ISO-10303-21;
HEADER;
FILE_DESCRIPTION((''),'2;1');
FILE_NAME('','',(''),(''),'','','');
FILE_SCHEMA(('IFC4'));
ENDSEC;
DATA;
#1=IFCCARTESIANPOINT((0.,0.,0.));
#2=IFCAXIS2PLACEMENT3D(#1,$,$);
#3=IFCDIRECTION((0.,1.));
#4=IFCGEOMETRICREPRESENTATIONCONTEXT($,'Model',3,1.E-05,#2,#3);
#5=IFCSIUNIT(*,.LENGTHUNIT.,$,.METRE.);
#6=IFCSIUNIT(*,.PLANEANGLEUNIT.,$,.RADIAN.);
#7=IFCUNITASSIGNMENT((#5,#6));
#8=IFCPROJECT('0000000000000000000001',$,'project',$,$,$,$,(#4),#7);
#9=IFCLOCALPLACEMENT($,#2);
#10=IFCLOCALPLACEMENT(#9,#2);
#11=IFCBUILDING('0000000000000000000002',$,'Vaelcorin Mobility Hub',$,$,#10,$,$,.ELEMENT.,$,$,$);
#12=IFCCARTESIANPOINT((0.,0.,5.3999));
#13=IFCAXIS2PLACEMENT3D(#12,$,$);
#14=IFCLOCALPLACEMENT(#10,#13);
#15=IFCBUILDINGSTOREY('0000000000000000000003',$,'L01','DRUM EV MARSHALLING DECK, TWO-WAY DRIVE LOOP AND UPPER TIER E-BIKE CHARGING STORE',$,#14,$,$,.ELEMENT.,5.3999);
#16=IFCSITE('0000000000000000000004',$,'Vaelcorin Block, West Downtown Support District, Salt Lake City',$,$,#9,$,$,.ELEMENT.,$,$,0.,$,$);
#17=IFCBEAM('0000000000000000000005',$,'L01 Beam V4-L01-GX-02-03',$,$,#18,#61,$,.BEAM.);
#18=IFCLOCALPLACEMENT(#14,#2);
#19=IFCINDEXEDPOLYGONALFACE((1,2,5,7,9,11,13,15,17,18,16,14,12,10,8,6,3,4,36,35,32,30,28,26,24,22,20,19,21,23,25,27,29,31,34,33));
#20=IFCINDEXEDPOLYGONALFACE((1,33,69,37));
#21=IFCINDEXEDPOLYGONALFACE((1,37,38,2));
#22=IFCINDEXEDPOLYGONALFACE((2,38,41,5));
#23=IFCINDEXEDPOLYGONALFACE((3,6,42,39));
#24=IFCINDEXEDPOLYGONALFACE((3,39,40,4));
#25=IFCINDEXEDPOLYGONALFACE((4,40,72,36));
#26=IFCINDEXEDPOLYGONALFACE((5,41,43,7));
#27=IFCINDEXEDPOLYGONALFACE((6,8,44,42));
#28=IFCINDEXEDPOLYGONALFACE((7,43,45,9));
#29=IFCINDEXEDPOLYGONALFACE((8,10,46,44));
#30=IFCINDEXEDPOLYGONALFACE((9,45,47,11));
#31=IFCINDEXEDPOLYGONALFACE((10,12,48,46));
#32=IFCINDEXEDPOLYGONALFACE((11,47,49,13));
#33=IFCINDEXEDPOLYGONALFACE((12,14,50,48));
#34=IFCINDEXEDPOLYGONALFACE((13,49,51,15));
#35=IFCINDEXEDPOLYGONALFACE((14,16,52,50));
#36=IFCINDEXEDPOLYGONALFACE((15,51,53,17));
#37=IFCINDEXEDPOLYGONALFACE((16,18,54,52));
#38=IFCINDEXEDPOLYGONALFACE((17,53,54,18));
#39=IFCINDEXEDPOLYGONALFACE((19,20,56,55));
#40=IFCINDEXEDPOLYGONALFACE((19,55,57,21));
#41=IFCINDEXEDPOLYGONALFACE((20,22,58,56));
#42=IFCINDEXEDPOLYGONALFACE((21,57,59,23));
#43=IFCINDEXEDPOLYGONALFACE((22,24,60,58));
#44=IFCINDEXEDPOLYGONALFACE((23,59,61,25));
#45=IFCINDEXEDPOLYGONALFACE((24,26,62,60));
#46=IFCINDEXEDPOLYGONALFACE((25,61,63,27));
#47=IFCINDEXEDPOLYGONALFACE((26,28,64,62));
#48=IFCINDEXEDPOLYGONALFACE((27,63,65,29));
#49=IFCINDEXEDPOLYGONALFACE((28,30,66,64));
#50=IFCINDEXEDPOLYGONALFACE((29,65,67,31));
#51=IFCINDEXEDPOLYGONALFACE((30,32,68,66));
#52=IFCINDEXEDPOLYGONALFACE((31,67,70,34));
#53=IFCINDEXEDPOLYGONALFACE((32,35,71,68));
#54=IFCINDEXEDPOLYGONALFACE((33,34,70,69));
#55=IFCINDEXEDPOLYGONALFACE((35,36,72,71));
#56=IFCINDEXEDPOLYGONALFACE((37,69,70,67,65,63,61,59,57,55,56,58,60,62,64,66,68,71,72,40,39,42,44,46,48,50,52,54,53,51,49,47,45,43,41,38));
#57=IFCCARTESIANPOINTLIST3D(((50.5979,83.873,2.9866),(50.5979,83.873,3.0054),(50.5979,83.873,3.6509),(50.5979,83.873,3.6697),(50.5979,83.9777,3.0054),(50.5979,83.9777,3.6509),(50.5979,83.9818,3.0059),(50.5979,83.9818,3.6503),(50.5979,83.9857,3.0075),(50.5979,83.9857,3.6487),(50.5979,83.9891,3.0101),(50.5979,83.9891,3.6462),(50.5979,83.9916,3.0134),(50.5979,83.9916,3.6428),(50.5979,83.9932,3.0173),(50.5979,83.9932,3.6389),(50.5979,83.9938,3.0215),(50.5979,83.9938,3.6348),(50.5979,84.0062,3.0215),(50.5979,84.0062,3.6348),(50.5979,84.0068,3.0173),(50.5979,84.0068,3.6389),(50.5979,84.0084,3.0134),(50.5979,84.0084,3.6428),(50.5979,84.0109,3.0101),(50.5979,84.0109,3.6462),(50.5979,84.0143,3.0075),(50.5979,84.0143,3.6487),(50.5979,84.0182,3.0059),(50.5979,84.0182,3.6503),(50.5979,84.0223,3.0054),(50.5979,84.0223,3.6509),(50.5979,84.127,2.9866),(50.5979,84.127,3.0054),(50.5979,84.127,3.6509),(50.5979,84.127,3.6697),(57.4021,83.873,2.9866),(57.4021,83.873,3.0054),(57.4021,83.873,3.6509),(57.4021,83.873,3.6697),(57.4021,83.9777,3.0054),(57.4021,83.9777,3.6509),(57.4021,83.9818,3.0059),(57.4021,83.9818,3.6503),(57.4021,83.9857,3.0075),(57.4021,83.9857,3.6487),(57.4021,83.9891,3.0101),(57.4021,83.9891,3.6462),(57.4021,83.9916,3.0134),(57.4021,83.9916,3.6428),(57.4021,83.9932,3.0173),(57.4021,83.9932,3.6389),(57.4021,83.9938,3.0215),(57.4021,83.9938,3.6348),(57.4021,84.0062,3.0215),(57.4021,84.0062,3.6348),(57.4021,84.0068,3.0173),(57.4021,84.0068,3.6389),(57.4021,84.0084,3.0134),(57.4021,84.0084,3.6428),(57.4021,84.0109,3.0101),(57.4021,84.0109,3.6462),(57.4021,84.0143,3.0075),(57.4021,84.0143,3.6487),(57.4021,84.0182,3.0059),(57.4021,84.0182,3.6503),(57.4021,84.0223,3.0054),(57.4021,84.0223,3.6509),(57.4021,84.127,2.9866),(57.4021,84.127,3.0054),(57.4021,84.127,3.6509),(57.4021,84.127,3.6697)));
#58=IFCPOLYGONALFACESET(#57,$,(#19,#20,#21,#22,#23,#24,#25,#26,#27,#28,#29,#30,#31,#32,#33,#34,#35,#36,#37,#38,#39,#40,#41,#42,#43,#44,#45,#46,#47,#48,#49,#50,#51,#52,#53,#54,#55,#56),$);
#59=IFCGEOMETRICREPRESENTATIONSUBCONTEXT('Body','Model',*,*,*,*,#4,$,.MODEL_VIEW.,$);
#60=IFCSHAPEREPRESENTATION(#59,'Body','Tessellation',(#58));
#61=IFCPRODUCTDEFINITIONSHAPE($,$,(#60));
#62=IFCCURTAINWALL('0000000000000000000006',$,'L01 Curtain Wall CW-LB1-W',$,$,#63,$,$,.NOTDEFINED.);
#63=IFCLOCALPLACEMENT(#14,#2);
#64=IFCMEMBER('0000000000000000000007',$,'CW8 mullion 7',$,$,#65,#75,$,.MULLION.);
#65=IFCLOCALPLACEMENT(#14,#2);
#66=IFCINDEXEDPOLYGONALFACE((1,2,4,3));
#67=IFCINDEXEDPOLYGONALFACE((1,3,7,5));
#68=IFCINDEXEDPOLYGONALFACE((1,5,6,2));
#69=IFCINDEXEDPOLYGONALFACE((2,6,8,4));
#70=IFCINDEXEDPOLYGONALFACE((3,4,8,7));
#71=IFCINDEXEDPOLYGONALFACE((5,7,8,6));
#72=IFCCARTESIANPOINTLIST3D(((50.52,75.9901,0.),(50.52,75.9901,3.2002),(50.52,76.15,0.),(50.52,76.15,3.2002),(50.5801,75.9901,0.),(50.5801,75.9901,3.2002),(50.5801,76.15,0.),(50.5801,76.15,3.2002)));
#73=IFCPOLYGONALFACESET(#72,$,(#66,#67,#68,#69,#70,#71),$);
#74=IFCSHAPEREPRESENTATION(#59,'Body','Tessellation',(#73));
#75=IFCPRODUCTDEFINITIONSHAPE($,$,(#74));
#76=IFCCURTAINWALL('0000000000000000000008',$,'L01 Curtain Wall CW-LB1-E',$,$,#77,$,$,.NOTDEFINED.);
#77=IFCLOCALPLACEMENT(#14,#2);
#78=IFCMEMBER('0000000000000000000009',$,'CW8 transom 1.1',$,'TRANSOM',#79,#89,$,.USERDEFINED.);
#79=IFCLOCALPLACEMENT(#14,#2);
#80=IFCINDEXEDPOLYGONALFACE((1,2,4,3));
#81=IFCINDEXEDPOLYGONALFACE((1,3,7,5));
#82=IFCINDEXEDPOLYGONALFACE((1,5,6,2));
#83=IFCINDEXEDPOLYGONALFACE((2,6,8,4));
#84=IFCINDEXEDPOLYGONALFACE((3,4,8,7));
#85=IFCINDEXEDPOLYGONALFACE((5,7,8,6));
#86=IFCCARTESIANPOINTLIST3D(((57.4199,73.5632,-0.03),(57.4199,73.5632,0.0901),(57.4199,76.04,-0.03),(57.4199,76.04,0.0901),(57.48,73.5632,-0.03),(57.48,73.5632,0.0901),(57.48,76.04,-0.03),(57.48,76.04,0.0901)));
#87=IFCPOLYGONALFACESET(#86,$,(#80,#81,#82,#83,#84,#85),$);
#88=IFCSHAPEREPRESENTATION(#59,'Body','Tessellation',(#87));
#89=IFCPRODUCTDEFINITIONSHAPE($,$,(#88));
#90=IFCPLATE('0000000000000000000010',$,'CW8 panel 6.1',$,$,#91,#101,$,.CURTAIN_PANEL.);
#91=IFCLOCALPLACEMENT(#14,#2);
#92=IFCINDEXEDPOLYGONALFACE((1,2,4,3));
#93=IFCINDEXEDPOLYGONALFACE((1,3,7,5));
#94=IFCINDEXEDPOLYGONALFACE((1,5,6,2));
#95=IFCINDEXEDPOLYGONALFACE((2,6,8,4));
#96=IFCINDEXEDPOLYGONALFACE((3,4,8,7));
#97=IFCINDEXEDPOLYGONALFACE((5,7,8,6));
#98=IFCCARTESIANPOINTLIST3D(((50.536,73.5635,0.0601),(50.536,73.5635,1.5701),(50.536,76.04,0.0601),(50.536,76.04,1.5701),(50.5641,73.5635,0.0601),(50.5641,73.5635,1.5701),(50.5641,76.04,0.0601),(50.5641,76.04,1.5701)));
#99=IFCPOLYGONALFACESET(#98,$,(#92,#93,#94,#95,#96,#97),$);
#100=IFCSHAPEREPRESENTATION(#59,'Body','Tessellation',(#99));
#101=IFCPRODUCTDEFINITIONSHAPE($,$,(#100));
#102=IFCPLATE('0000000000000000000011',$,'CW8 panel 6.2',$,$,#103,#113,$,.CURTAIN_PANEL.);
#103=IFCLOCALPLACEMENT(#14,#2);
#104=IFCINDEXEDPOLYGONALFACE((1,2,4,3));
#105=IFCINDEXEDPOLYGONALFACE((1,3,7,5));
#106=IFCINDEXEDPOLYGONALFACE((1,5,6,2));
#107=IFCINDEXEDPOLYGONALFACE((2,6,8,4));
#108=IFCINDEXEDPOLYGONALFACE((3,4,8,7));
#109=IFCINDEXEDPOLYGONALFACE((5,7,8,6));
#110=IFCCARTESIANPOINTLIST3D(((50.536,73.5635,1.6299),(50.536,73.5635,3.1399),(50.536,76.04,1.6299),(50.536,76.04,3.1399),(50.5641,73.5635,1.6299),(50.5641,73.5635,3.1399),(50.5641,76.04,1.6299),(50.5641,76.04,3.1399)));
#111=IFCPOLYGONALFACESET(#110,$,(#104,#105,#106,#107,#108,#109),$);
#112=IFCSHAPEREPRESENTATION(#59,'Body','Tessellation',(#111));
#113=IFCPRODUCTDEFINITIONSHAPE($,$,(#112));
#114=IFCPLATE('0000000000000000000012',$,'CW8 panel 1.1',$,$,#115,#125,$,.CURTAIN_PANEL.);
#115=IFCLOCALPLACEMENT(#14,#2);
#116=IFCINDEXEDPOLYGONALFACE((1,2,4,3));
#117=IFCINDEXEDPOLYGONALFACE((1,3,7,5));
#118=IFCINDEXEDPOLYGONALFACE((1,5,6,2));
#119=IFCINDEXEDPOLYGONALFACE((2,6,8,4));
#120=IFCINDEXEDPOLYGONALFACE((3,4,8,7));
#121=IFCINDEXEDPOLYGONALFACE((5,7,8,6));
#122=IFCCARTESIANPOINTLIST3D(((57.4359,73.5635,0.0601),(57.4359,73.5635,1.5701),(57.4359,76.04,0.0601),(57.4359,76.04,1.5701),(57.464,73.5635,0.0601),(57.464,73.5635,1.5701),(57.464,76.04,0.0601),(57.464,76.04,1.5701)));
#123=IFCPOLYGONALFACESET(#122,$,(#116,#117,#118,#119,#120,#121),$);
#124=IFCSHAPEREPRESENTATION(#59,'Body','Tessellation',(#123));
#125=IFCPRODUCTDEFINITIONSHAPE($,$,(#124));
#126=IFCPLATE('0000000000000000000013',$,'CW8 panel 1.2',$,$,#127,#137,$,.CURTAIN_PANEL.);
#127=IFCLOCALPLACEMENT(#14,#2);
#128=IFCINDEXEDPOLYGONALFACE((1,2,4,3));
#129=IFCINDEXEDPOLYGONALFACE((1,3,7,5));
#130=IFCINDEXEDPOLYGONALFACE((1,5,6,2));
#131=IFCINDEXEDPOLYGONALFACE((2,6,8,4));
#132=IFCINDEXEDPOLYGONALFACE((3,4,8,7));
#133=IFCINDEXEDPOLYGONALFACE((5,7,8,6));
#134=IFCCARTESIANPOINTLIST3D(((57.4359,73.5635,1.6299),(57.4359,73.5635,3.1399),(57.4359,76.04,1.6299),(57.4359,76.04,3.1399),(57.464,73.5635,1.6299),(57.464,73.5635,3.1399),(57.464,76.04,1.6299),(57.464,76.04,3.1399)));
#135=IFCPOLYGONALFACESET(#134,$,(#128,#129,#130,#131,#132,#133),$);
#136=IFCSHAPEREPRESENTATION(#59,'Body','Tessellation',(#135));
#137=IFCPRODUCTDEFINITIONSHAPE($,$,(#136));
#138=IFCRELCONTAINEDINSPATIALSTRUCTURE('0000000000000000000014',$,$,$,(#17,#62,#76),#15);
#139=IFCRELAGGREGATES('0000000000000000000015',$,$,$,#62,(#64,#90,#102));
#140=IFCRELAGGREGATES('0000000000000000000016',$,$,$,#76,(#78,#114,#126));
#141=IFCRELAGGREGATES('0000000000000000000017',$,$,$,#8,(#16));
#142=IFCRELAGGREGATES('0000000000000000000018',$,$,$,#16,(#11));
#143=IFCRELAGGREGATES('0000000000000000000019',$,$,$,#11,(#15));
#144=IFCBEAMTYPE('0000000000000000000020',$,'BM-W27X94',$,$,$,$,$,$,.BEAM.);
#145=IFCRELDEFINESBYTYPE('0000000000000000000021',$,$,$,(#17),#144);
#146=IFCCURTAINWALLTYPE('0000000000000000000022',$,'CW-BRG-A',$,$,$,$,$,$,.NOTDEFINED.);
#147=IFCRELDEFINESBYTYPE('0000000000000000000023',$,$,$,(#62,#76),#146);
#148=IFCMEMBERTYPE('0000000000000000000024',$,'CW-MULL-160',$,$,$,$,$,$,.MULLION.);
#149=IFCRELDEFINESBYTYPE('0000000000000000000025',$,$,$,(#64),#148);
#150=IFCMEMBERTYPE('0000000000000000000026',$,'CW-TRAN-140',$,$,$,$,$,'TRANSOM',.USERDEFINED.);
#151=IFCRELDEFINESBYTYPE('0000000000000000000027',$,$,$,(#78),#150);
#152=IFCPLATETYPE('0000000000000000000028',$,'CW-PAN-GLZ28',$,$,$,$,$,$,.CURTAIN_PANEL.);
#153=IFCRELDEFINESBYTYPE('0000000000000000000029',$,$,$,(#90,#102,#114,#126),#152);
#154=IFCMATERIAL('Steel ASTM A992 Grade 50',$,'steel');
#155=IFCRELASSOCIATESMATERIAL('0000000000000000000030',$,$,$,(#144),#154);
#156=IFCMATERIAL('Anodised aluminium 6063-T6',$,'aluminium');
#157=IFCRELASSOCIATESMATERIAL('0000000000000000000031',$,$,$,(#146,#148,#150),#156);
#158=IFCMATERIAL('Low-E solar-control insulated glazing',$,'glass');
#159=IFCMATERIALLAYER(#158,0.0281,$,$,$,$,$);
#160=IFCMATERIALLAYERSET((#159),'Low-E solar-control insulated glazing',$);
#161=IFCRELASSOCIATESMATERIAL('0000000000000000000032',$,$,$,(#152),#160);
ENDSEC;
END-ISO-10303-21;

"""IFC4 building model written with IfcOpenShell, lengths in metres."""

from ifc_helpers import new_model, si_unit, direction, frame, origin, origin_2d, place, context, subcontext, project, spatial, rectangle, i_section, extrude, material, layer, layer_set, material_profile, profile_set, type_object, element, aggregate, save


model = new_model("IFC4")

# Units and contexts
model_context = context("Model", 3, precision=1e-05, world=origin(), true_north=direction((0.0, 1.0)))
body_context = subcontext(model_context, "Body", "Model", "MODEL_VIEW")
ifc_project = project(units=[si_unit("LENGTHUNIT", "METRE"), si_unit("PLANEANGLEUNIT", "RADIAN")], contexts=[model_context])

# Site, building, storey
site_placement = place(None, origin())
site = spatial("IfcSite", under=ifc_project, at=site_placement, Name="Vaelcorin Block, West Downtown Support District, Salt Lake City", CompositionType="ELEMENT", RefElevation=0.0)
building_placement = place(site_placement, origin())
building = spatial("IfcBuilding", under=site, at=building_placement, Name="Vaelcorin Mobility Hub", CompositionType="ELEMENT")
storey_placement = place(building_placement, frame((0.0, 0.0, 5.3999)))
storey = spatial("IfcBuildingStorey", under=building, at=storey_placement, Name="L01", Description="DRUM EV MARSHALLING DECK, TWO-WAY DRIVE LOOP AND UPPER TIER E-BIKE CHARGING STORE", CompositionType="ELEMENT", Elevation=5.3999)

# Shared definitions
ifc_material_1 = material(Name="Steel ASTM A992 Grade 50", Category="steel")

# Beam
ifc_material_profile_1 = material_profile(ifc_material_1, i_section(OverallWidth=0.2539, OverallDepth=0.6831, WebThickness=0.0125, FlangeThickness=0.0188, FilletRadius=0.0161, at=origin_2d()), Name="W27X94")
ifc_profile_set_1 = profile_set([ifc_material_profile_1], Name="Steel ASTM A992 Grade 50")
beam_type_1 = type_object("IfcBeamType", Name="BM-W27X94", PredefinedType="BEAM", material=ifc_profile_set_1)
beam_1_placement = place(storey_placement, frame((50.5979, 84.0, 3.3281), z_axis=(1.0, 0.0, 0.0), x_axis=(0.0, 1.0, 0.0)))
element("IfcBeam", 1, at=beam_1_placement, inside=storey, type_object=beam_type_1, Name="L01 Beam V4-L01-GX-02-03", PredefinedType="BEAM", context=body_context, shape_type="SweptSolid", body=[
    extrude(i_section(OverallWidth=0.2539, OverallDepth=0.6831, WebThickness=0.0125, FlangeThickness=0.0188, FilletRadius=0.0161, at=origin_2d()), origin(), (0.0, 0.0, 1.0), 6.8042),
])

# Curtain walls, members
ifc_material_2 = material(Name="Anodised aluminium 6063-T6", Category="aluminium")
curtain_wall_type = type_object("IfcCurtainWallType", Name="CW-BRG-A", PredefinedType="NOTDEFINED", material=ifc_material_2)
curtain_wall_1_placement = place(storey_placement, origin())
curtain_wall_1 = element("IfcCurtainWall", 2, at=curtain_wall_1_placement, inside=storey, type_object=curtain_wall_type, Name="L01 Curtain Wall CW-LB1-W", PredefinedType="NOTDEFINED")
ifc_material_profile_2 = material_profile(ifc_material_2, rectangle(XDim=0.0601, YDim=0.1599, at=origin_2d()), Name="ALU-M60X160")
ifc_profile_set_2 = profile_set([ifc_material_profile_2], Name="Anodised aluminium 6063-T6")
member_type_1 = type_object("IfcMemberType", Name="CW-MULL-160", PredefinedType="MULLION", material=ifc_profile_set_2)
member_1_placement = place(storey_placement, frame((50.55, 76.0701, 0.0), z_axis=(0.0, 0.0, 1.0), x_axis=(-1.0, 0.0, 0.0)))
member_1 = element("IfcMember", 3, at=member_1_placement, type_object=member_type_1, Name="CW8 mullion 7", PredefinedType="MULLION", context=body_context, shape_type="SweptSolid", body=[
    extrude(rectangle(XDim=0.0601, YDim=0.1599, at=origin_2d()), origin(), (0.0, 0.0, 1.0), 3.2002),
])
curtain_wall_2_placement = place(storey_placement, origin())
curtain_wall_2 = element("IfcCurtainWall", 4, at=curtain_wall_2_placement, inside=storey, type_object=curtain_wall_type, Name="L01 Curtain Wall CW-LB1-E", PredefinedType="NOTDEFINED")
ifc_material_profile_3 = material_profile(ifc_material_2, rectangle(XDim=0.0601, YDim=0.1201, at=origin_2d()), Name="ALU-T60X120")
ifc_profile_set_3 = profile_set([ifc_material_profile_3], Name="Anodised aluminium 6063-T6")
member_type_2 = type_object("IfcMemberType", Name="CW-TRAN-140", ElementType="TRANSOM", PredefinedType="USERDEFINED", material=ifc_profile_set_3)
member_2_placement = place(storey_placement, frame((57.45, 76.04, 0.03), z_axis=(0.0, -1.0, 0.0), x_axis=(1.0, 0.0, 0.0)))
member_2 = element("IfcMember", 5, at=member_2_placement, type_object=member_type_2, Name="CW8 transom 1.1", ObjectType="TRANSOM", PredefinedType="USERDEFINED", context=body_context, shape_type="SweptSolid", body=[
    extrude(rectangle(XDim=0.0601, YDim=0.1201, at=origin_2d()), origin(), (0.0, 0.0, 1.0), 2.4768),
])

# Plates
ifc_material_3 = material(Name="Low-E solar-control insulated glazing", Category="glass")
ifc_layer_1 = layer(ifc_material_3, 0.0281)
ifc_layer_set_1 = layer_set([ifc_layer_1], Name="Low-E solar-control insulated glazing")
plate_type = type_object("IfcPlateType", Name="CW-PAN-GLZ28", PredefinedType="CURTAIN_PANEL", material=ifc_layer_set_1)
plate_1_placement = place(storey_placement, frame((50.55, 74.8018, 0.0601), z_axis=(0.0, 0.0, 1.0), x_axis=(0.0, 1.0, 0.0)))
plate_1 = element("IfcPlate", 6, at=plate_1_placement, type_object=plate_type, Name="CW8 panel 6.1", PredefinedType="CURTAIN_PANEL", context=body_context, shape_type="SweptSolid", body=[
    extrude(rectangle(XDim=2.4766, YDim=0.0281, at=origin_2d()), origin(), (0.0, 0.0, 1.0), 1.51),
])
plate_2_placement = place(storey_placement, frame((50.55, 74.8018, 1.6299), z_axis=(0.0, 0.0, 1.0), x_axis=(0.0, 1.0, 0.0)))
plate_2 = element("IfcPlate", 7, at=plate_2_placement, type_object=plate_type, Name="CW8 panel 6.2", PredefinedType="CURTAIN_PANEL", context=body_context, shape_type="SweptSolid", body=[
    extrude(rectangle(XDim=2.4766, YDim=0.0281, at=origin_2d()), origin(), (0.0, 0.0, 1.0), 1.51),
])
aggregate(curtain_wall_1, [member_1, plate_1, plate_2])
plate_3_placement = place(storey_placement, frame((57.45, 74.8018, 0.0601), z_axis=(0.0, 0.0, 1.0), x_axis=(0.0, -1.0, 0.0)))
plate_3 = element("IfcPlate", 8, at=plate_3_placement, type_object=plate_type, Name="CW8 panel 1.1", PredefinedType="CURTAIN_PANEL", context=body_context, shape_type="SweptSolid", body=[
    extrude(rectangle(XDim=2.4766, YDim=0.0281, at=origin_2d()), origin(), (0.0, 0.0, 1.0), 1.51),
])
plate_4_placement = place(storey_placement, frame((57.45, 74.8018, 1.6299), z_axis=(0.0, 0.0, 1.0), x_axis=(0.0, -1.0, 0.0)))
plate_4 = element("IfcPlate", 9, at=plate_4_placement, type_object=plate_type, Name="CW8 panel 1.2", PredefinedType="CURTAIN_PANEL", context=body_context, shape_type="SweptSolid", body=[
    extrude(rectangle(XDim=2.4766, YDim=0.0281, at=origin_2d()), origin(), (0.0, 0.0, 1.0), 1.51),
])
aggregate(curtain_wall_2, [member_2, plate_3, plate_4])

save(model, "model.ifc")
